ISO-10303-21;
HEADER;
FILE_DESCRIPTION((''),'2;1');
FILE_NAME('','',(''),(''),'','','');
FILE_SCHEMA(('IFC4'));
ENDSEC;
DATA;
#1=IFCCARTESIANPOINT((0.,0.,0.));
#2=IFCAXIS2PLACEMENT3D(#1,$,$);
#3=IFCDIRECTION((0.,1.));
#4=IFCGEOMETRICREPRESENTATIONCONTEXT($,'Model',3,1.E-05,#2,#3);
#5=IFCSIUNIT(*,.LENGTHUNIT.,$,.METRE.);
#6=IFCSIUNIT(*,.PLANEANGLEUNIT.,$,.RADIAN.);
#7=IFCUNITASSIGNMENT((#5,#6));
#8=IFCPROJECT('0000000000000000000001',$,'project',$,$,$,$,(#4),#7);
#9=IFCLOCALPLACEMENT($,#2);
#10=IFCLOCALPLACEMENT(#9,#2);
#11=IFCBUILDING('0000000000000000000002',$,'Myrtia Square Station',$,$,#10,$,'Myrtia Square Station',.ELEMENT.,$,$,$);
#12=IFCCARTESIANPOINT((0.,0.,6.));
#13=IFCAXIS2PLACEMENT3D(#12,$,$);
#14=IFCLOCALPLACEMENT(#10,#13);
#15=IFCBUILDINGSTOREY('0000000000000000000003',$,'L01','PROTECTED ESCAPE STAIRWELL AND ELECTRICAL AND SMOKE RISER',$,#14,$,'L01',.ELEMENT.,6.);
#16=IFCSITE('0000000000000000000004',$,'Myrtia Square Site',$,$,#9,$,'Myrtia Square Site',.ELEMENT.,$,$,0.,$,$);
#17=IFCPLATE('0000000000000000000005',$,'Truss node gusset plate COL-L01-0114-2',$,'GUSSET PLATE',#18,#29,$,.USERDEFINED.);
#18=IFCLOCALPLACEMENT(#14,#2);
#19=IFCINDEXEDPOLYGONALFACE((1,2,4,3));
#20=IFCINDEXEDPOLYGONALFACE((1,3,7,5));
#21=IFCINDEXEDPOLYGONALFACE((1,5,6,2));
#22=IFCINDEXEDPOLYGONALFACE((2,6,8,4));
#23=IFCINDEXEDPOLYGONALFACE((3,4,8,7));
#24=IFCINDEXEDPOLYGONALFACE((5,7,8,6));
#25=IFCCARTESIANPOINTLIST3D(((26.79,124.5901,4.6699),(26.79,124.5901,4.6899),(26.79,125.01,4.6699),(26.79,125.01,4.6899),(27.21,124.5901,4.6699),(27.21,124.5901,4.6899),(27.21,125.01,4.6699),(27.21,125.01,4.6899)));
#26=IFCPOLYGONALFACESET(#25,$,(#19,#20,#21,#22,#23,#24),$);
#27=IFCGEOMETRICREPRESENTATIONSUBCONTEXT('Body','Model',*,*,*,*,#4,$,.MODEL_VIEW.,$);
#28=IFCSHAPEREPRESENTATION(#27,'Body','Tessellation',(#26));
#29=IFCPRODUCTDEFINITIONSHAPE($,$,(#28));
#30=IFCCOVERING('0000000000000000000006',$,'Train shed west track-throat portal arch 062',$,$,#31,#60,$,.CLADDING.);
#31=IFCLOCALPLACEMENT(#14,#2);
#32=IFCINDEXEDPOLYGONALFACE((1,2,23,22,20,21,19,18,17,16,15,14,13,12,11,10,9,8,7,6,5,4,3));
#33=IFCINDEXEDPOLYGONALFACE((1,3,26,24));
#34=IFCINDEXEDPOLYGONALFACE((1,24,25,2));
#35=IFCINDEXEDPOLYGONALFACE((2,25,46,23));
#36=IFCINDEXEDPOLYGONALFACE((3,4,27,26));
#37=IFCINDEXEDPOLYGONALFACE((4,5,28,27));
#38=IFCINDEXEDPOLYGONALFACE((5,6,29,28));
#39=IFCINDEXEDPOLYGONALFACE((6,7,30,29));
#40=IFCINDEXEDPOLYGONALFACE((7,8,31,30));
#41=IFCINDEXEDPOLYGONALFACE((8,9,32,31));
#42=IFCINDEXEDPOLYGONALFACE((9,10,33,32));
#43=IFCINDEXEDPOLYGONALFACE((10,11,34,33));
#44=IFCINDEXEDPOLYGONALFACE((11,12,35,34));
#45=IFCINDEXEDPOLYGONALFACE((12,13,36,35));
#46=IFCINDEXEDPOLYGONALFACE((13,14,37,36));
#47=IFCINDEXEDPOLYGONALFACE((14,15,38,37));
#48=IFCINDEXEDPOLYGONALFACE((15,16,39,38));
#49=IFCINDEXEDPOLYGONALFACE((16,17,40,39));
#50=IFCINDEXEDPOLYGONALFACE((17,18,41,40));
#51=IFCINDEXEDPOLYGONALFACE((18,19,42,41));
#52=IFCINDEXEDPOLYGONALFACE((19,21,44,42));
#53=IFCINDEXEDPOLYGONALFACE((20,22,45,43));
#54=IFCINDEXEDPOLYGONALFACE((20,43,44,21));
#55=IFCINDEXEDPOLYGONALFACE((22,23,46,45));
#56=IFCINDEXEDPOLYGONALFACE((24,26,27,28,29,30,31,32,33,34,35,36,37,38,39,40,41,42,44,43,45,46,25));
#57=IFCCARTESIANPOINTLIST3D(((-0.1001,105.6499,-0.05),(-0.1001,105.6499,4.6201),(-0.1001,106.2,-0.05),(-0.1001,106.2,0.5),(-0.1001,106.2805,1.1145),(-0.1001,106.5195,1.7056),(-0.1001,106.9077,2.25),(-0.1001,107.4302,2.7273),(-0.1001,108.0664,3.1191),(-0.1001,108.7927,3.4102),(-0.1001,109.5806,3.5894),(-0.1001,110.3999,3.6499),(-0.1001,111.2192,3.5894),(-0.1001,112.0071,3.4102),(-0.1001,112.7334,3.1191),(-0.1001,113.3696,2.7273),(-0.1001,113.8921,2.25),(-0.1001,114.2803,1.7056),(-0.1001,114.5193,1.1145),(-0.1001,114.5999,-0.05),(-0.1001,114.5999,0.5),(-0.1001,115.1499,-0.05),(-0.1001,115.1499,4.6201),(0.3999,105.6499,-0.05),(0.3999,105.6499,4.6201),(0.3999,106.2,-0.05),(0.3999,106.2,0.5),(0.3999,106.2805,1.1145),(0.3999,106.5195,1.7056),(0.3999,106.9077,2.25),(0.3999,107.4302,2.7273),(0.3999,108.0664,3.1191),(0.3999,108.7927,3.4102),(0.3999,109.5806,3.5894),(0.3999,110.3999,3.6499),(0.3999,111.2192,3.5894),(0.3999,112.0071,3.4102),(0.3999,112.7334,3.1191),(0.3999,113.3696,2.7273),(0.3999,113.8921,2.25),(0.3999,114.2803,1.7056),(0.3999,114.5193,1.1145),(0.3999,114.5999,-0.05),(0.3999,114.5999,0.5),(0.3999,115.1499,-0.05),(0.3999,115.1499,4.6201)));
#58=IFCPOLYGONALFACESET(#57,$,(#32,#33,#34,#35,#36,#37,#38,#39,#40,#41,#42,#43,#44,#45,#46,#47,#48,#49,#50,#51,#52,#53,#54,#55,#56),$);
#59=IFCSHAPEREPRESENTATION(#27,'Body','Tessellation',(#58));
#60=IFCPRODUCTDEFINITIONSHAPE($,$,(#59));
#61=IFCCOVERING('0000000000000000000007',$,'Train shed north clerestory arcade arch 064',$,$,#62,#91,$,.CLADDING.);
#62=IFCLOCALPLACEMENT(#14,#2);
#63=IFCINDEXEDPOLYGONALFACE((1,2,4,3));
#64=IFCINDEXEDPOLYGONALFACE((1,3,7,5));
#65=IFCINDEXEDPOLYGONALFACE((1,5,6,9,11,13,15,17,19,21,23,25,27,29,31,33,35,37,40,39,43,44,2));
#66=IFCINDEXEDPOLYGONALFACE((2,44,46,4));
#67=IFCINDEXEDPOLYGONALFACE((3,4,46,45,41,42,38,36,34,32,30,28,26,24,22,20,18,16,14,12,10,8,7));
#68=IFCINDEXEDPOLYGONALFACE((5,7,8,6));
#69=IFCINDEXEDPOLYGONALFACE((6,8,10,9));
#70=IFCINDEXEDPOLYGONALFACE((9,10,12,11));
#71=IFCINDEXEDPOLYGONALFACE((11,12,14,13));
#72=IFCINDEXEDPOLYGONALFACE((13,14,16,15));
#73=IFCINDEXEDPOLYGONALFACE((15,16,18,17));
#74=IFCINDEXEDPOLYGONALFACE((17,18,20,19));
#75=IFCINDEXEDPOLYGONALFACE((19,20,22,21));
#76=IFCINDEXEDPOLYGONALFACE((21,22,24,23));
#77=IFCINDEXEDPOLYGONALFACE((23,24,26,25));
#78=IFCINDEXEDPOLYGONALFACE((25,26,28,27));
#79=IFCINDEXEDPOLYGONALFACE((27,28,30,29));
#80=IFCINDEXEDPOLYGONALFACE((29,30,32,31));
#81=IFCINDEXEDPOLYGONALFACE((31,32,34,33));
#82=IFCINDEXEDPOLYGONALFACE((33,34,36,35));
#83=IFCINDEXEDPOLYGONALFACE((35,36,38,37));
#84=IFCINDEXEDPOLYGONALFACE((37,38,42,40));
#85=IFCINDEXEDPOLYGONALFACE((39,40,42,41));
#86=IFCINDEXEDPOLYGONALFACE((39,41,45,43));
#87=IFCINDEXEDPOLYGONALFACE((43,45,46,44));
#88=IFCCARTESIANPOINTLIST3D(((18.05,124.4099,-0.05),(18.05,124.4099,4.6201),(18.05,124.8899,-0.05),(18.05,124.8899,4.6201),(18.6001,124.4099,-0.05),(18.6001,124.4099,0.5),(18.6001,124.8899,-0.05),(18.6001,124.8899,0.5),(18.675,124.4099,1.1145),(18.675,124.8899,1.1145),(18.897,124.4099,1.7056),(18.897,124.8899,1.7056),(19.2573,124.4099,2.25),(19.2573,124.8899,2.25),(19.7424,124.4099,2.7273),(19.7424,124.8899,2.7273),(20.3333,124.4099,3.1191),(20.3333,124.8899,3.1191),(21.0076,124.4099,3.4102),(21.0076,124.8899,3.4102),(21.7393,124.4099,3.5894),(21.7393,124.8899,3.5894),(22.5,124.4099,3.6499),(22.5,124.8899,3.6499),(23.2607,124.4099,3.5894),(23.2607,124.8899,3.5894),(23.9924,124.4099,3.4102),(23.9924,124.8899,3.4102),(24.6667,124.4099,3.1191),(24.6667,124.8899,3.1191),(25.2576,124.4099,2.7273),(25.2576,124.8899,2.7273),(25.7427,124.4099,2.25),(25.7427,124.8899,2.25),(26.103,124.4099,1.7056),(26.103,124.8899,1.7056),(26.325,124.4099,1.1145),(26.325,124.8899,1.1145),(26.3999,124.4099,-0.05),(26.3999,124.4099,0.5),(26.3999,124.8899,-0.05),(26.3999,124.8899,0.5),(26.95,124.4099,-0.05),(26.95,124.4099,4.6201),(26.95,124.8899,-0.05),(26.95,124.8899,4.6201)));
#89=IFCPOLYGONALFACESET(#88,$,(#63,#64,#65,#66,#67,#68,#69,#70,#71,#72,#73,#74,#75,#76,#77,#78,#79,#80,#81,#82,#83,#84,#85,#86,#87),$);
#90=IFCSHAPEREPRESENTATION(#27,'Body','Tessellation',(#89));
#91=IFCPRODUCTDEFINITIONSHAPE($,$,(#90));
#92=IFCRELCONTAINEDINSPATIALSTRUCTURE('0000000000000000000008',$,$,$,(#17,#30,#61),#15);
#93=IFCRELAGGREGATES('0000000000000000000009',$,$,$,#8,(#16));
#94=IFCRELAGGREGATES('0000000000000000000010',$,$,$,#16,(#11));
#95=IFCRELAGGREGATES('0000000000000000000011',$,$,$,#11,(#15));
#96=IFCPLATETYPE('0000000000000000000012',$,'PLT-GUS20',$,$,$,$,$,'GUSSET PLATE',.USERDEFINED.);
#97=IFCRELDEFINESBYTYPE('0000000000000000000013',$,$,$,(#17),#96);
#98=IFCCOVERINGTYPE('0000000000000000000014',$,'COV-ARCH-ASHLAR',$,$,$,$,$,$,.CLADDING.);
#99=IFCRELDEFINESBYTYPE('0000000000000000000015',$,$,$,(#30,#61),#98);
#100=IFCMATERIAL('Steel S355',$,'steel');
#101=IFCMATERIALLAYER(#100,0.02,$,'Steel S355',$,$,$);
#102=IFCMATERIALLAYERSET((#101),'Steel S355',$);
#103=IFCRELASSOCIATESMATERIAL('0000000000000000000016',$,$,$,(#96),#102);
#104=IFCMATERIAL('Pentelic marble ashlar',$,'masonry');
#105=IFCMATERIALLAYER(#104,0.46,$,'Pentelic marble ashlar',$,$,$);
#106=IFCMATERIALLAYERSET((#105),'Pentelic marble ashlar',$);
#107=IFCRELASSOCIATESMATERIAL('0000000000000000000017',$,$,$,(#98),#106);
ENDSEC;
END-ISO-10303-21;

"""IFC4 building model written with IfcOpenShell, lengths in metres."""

from ifc_helpers import new_model, si_unit, direction, frame, origin, origin_2d, place, context, subcontext, project, spatial, polyline, rectangle, outline, extrude, material, layer, layer_set, type_object, element, save


model = new_model("IFC4")

# Units and contexts
model_context = context("Model", 3, precision=1e-05, world=origin(), true_north=direction((0.0, 1.0)))
body_context = subcontext(model_context, "Body", "Model", "MODEL_VIEW")
ifc_project = project(units=[si_unit("LENGTHUNIT", "METRE"), si_unit("PLANEANGLEUNIT", "RADIAN")], contexts=[model_context])

# Site, building, storey
site_placement = place(None, origin())
site = spatial("IfcSite", under=ifc_project, at=site_placement, Name="Myrtia Square Site", LongName="Myrtia Square Site", CompositionType="ELEMENT", RefElevation=0.0)
building_placement = place(site_placement, origin())
building = spatial("IfcBuilding", under=site, at=building_placement, Name="Myrtia Square Station", LongName="Myrtia Square Station", CompositionType="ELEMENT")
storey_placement = place(building_placement, frame((0.0, 0.0, 6.0)))
storey = spatial("IfcBuildingStorey", under=building, at=storey_placement, Name="L01", Description="PROTECTED ESCAPE STAIRWELL AND ELECTRICAL AND SMOKE RISER", LongName="L01", CompositionType="ELEMENT", Elevation=6.0)

# Shared definitions
ifc_material_1 = material(Name="Steel S355", Category="steel")

# Plate
ifc_layer_1 = layer(ifc_material_1, 0.02, Name="Steel S355")
ifc_layer_set_1 = layer_set([ifc_layer_1], Name="Steel S355")
plate_type_1 = type_object("IfcPlateType", Name="PLT-GUS20", ElementType="GUSSET PLATE", PredefinedType="USERDEFINED", material=ifc_layer_set_1)
for number, where, z_axis, x_axis, name in (
    (1, (27.0, 124.8, 4.6699), (0.0, 0.0, 1.0), (1.0, 0.0, 0.0), "Truss node gusset plate COL-L01-0114-2"),
):
    element("IfcPlate", number, at=place(storey_placement, frame(where, z_axis=z_axis, x_axis=x_axis)), inside=storey, type_object=plate_type_1, Name=name, ObjectType="GUSSET PLATE", PredefinedType="USERDEFINED", context=body_context, shape_type="SweptSolid", body=[
        extrude(rectangle(XDim=0.4199, YDim=0.4199, at=origin_2d()), origin(), (0.0, 0.0, 1.0), 0.02),
    ])

# Coverings
ifc_material_2 = material(Name="Pentelic marble ashlar", Category="masonry")
ifc_layer_2 = layer(ifc_material_2, 0.46, Name="Pentelic marble ashlar")
ifc_layer_set_2 = layer_set([ifc_layer_2], Name="Pentelic marble ashlar")
covering_type = type_object("IfcCoveringType", Name="COV-ARCH-ASHLAR", PredefinedType="CLADDING", material=ifc_layer_set_2)
covering_1_placement = place(storey_placement, frame((0.1499, 105.6499, -0.05), z_axis=(0.0, 0.0, 1.0), x_axis=(0.0, 1.0, 0.0)))
element("IfcCovering", 2, at=covering_1_placement, inside=storey, type_object=covering_type, Name="Train shed west track-throat portal arch 062", PredefinedType="CLADDING", context=body_context, shape_type="SweptSolid", body=[
    extrude(outline(polyline([(0.0, 0.0), (0.55, 0.0), (0.55, 0.55), (0.6306, 1.1646), (0.8696, 1.7556), (1.2578, 2.3), (1.7803, 2.7773), (2.4165, 3.1692), (3.1428, 3.4602), (3.9307, 3.6394), (4.75, 3.7), (5.5693, 3.6394), (6.3572, 3.4602), (7.0835, 3.1692), (7.7197, 2.7773), (8.2422, 2.3), (8.6304, 1.7556), (8.8694, 1.1646), (8.95, 0.55), (8.95, 0.0), (9.5, 0.0), (9.5, 4.6702), (0.0, 4.6702), (0.0, 0.0)])), frame((0.0, 0.25, 0.0), z_axis=(0.0, -1.0, 0.0), x_axis=(1.0, 0.0, 0.0)), (0.0, 0.0, 1.0), 0.5),
])
covering_2_placement = place(storey_placement, frame((18.05, 124.6499, -0.05), z_axis=(0.0, 0.0, 1.0), x_axis=(1.0, 0.0, 0.0)))
element("IfcCovering", 3, at=covering_2_placement, inside=storey, type_object=covering_type, Name="Train shed north clerestory arcade arch 064", PredefinedType="CLADDING", context=body_context, shape_type="SweptSolid", body=[
    extrude(outline(polyline([(0.0, 0.0), (0.55, 0.0), (0.55, 0.55), (0.625, 1.1646), (0.8469, 1.7556), (1.2073, 2.3), (1.6924, 2.7773), (2.2832, 3.1692), (2.9575, 3.4602), (3.6892, 3.6394), (4.45, 3.7), (5.2107, 3.6394), (5.9424, 3.4602), (6.6167, 3.1692), (7.2075, 2.7773), (7.6926, 2.3), (8.053, 1.7556), (8.2749, 1.1646), (8.3499, 0.55), (8.3499, 0.0), (8.8999, 0.0), (8.8999, 4.6702), (0.0, 4.6702), (0.0, 0.0)])), frame((0.0, 0.24, 0.0), z_axis=(0.0, -1.0, 0.0), x_axis=(1.0, 0.0, 0.0)), (0.0, 0.0, 1.0), 0.48),
])

save(model, "model.ifc")
